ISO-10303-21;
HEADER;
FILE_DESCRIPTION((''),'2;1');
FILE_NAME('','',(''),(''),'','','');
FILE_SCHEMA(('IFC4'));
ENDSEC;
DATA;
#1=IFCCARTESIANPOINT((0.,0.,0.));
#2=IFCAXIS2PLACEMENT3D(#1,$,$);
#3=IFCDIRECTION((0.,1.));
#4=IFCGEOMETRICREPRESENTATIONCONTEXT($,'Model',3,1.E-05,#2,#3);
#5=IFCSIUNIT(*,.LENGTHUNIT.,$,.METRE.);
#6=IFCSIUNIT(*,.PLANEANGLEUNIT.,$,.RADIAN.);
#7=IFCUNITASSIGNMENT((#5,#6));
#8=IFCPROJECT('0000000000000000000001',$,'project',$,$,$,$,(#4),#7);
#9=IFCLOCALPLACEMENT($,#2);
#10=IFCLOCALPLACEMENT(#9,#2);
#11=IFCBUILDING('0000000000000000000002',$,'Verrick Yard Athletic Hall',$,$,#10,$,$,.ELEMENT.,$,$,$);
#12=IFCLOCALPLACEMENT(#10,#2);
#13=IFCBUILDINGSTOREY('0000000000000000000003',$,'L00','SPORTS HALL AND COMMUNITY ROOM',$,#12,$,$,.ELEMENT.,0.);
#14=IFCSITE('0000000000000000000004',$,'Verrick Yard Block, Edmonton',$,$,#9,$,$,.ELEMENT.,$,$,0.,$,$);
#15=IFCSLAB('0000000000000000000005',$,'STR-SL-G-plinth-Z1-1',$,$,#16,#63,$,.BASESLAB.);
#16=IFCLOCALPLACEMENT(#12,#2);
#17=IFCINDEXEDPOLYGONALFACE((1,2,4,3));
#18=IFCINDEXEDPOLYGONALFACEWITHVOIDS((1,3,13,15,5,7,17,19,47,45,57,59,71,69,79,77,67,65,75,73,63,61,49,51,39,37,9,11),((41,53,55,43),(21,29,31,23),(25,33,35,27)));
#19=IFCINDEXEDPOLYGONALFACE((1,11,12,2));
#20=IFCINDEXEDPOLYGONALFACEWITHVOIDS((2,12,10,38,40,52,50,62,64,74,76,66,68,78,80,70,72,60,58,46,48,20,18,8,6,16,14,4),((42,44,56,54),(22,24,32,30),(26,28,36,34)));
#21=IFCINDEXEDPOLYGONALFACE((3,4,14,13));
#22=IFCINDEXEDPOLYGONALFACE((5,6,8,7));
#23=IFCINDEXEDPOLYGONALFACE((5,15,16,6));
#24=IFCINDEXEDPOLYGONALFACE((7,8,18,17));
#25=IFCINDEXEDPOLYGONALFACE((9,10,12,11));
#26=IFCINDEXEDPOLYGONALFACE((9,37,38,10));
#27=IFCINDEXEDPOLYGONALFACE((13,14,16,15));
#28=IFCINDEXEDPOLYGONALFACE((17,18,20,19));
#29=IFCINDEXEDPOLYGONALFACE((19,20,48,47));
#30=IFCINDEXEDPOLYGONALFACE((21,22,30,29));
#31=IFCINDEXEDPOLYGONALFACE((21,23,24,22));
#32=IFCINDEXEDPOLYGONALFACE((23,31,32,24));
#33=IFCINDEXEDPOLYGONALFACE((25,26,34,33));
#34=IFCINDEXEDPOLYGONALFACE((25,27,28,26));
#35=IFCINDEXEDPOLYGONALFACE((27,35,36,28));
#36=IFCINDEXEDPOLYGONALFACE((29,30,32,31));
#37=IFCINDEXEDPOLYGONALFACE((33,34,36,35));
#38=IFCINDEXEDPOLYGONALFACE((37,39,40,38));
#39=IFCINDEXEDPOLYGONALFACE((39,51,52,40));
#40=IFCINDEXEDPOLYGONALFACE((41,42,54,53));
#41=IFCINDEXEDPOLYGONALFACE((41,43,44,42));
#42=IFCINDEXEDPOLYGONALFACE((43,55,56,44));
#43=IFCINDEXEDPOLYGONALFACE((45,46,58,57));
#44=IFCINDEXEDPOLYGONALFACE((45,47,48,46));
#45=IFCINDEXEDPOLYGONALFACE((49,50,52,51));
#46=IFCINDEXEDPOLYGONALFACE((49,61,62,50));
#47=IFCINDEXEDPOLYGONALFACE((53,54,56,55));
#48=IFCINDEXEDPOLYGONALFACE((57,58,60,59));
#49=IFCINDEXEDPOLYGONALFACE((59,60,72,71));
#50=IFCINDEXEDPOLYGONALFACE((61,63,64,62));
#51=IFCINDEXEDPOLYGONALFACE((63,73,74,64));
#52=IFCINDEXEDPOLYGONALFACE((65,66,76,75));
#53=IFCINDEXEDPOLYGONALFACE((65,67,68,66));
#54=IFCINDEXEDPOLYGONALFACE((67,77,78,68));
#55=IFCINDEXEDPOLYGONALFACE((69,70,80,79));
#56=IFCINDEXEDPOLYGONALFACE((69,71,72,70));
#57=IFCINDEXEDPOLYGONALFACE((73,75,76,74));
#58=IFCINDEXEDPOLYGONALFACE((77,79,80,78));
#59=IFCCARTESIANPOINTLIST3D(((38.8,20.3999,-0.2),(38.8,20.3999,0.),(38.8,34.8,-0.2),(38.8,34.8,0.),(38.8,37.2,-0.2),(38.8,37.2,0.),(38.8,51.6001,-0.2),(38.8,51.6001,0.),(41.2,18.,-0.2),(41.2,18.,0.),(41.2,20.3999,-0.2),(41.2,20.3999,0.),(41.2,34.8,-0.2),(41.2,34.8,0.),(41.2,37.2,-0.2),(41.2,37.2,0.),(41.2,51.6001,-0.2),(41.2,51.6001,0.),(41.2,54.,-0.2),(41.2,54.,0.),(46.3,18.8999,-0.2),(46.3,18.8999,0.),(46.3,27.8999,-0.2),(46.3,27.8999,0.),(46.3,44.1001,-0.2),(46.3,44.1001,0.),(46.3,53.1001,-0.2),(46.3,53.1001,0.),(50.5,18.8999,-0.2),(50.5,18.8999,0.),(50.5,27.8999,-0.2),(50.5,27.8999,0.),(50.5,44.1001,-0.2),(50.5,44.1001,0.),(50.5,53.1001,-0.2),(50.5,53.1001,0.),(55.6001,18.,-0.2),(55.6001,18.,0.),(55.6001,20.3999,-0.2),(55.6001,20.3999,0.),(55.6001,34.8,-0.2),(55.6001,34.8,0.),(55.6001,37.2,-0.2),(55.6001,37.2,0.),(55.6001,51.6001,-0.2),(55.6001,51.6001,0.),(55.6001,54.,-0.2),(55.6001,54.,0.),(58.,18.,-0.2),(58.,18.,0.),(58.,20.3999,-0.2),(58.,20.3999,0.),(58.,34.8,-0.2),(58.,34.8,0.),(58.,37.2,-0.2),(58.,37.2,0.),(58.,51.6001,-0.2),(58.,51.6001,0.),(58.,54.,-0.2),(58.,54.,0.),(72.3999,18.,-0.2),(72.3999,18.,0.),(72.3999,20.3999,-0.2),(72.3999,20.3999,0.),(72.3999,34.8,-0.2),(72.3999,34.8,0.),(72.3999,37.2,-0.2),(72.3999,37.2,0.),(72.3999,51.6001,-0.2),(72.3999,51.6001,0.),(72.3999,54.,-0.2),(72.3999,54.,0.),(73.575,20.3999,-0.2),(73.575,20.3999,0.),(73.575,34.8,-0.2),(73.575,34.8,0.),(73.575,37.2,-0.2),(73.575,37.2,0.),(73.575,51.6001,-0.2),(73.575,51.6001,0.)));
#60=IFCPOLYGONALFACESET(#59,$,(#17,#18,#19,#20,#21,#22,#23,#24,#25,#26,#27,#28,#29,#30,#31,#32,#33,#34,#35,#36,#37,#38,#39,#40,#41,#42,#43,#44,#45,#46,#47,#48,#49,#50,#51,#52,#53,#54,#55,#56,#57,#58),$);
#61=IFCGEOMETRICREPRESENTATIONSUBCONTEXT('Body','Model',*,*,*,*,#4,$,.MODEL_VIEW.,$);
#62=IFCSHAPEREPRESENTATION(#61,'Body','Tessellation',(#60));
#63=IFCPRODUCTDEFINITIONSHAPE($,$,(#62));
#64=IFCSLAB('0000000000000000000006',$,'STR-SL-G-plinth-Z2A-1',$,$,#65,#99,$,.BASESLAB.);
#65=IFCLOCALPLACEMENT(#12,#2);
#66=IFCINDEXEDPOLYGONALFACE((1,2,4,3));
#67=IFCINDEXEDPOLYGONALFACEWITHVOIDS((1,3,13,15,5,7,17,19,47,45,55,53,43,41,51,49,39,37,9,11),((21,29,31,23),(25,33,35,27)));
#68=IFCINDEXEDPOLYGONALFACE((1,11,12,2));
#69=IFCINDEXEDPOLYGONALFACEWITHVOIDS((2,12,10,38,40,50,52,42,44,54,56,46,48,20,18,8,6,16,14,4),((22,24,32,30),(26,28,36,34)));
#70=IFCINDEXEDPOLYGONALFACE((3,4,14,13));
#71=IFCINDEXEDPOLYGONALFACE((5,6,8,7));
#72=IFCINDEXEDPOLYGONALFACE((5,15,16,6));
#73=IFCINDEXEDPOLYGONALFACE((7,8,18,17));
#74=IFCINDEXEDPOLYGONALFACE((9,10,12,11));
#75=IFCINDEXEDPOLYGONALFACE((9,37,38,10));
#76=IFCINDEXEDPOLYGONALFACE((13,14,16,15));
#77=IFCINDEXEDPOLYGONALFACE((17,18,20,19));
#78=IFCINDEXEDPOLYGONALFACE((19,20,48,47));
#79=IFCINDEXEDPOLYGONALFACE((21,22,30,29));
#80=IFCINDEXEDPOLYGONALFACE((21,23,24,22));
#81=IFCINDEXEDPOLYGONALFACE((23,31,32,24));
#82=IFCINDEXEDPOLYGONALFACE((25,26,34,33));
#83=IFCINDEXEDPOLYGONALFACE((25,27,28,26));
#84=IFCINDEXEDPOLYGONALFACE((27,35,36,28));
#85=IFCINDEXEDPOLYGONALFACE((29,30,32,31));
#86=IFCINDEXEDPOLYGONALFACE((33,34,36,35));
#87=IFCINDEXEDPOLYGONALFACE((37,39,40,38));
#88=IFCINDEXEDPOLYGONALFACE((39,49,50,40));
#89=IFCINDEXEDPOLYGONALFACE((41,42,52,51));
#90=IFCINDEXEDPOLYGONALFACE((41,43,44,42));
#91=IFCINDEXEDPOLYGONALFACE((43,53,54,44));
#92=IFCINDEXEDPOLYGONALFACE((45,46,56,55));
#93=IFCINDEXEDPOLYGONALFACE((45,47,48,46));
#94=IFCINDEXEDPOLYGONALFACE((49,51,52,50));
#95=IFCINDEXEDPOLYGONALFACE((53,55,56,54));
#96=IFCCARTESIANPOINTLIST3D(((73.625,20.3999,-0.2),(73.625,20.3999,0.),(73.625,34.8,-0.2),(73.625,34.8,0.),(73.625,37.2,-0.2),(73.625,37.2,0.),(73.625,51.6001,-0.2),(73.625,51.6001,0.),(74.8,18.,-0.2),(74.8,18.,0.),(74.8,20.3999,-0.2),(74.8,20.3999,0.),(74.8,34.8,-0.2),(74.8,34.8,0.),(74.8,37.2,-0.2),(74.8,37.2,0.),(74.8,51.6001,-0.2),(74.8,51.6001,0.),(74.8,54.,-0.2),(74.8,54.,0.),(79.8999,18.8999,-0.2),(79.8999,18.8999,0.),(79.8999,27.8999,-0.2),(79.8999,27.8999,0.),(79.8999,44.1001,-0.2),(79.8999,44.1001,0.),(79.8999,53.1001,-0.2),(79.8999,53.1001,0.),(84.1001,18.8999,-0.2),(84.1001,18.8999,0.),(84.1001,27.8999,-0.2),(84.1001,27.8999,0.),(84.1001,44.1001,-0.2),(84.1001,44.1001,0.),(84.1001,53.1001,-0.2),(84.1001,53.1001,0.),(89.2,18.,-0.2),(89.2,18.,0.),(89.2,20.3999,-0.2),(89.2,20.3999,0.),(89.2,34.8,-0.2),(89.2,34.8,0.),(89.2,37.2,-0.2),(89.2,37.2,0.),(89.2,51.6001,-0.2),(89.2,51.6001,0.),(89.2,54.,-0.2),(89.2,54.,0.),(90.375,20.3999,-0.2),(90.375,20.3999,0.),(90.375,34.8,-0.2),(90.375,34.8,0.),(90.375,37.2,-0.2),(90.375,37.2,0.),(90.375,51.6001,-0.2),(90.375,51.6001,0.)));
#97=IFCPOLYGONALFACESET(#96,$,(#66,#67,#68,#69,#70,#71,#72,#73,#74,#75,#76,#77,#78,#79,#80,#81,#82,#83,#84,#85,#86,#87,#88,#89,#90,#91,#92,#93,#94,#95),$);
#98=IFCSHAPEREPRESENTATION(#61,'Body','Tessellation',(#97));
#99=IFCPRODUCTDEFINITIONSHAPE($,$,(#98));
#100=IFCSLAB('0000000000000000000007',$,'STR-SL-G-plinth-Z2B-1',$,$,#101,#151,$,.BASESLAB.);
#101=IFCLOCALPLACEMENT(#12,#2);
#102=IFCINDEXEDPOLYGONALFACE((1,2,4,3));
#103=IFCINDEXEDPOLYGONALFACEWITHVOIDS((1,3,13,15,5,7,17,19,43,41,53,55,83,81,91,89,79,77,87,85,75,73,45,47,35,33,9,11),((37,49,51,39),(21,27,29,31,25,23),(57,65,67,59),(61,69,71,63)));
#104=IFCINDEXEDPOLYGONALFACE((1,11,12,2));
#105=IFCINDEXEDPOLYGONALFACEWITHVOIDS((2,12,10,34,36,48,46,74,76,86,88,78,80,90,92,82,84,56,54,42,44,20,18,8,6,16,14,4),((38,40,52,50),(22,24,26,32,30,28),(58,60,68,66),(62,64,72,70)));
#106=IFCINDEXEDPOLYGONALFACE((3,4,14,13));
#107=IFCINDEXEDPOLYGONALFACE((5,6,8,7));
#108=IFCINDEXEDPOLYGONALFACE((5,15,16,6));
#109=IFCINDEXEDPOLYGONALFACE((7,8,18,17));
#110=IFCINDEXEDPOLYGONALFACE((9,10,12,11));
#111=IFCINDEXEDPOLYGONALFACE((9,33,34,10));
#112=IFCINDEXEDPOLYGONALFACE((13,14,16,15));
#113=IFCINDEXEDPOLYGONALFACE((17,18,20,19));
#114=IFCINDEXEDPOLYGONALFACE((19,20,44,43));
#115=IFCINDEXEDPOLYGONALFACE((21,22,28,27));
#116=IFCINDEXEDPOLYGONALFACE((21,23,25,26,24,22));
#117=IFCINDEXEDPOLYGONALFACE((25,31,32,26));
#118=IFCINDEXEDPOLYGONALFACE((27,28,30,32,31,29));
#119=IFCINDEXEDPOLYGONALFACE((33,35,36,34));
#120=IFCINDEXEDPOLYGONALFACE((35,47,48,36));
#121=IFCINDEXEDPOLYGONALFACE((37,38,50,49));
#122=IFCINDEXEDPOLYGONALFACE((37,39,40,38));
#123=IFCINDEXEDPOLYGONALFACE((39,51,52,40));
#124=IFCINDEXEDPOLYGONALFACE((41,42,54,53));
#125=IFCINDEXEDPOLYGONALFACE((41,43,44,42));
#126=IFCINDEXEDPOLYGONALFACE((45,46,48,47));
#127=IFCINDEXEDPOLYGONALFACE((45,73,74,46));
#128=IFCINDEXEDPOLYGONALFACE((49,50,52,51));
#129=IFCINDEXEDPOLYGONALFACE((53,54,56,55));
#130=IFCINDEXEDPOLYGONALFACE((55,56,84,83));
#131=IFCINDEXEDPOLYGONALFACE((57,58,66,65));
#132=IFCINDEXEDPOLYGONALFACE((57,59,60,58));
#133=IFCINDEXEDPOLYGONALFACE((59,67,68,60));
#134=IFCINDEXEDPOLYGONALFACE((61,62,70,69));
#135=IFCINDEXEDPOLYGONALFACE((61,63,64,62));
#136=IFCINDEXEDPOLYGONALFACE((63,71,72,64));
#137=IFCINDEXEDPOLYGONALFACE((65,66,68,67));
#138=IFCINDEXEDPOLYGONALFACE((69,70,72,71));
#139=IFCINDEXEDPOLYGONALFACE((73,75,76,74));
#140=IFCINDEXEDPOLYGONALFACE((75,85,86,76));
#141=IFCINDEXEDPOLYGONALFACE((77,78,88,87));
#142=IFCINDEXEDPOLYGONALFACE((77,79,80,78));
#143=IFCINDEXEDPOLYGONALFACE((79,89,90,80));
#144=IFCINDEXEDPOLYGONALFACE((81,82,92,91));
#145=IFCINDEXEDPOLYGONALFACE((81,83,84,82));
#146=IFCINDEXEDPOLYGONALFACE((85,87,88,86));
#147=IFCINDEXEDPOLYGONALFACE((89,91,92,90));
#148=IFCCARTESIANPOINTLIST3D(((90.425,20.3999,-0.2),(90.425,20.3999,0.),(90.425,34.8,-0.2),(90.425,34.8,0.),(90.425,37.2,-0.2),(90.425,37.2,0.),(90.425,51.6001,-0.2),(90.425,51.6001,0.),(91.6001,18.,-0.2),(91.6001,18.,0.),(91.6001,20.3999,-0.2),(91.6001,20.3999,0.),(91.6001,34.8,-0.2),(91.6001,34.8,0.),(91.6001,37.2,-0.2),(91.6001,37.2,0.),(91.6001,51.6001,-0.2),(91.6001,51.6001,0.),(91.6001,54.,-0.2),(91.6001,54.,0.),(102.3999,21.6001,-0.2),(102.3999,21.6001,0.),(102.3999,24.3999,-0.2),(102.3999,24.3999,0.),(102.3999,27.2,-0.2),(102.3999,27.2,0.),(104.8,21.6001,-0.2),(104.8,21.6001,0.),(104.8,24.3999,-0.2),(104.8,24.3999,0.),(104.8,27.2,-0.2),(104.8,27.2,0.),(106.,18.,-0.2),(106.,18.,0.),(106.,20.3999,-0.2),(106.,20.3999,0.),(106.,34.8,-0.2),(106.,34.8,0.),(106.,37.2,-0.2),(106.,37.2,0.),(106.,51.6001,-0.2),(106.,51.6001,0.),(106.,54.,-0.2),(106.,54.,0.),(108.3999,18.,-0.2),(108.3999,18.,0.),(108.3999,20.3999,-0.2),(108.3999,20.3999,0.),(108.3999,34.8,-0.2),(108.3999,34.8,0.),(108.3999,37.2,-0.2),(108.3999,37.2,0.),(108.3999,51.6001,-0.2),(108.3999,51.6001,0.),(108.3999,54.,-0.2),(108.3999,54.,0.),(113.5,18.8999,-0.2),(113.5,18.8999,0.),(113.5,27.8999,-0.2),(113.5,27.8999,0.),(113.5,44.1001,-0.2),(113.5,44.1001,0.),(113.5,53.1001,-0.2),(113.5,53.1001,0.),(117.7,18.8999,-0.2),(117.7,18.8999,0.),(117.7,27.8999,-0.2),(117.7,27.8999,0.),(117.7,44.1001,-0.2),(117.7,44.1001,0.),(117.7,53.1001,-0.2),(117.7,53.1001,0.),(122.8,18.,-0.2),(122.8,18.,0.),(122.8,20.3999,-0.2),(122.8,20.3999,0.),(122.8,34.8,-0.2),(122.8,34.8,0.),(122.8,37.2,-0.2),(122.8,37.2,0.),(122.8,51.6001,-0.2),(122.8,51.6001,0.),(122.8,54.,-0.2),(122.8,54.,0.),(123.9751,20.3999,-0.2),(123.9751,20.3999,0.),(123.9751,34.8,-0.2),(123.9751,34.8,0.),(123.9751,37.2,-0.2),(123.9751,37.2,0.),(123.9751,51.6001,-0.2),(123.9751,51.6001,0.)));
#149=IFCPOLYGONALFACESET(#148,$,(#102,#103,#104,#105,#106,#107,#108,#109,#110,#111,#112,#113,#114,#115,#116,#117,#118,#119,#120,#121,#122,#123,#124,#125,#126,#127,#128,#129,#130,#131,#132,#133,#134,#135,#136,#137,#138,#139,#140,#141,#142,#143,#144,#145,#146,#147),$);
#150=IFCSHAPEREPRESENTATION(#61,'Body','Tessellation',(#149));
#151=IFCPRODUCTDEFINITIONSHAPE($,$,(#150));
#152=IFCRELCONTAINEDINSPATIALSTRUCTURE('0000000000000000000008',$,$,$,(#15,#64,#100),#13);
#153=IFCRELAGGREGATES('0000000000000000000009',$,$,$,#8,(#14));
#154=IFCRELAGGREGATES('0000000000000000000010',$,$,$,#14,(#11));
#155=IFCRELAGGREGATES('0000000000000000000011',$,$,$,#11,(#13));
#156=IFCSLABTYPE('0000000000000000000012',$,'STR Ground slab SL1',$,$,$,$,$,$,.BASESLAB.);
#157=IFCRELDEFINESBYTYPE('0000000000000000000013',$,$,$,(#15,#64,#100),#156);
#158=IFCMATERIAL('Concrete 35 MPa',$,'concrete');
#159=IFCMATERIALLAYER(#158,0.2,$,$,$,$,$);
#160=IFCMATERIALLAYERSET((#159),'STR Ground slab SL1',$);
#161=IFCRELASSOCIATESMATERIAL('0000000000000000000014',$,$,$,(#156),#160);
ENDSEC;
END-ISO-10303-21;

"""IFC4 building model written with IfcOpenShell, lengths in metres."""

from ifc_helpers import new_model, si_unit, direction, frame, origin, place, context, subcontext, project, spatial, polyline, outline, extrude, material, layer, layer_set, type_object, element, save


model = new_model("IFC4")

# Units and contexts
model_context = context("Model", 3, precision=1e-05, world=origin(), true_north=direction((0.0, 1.0)))
body_context = subcontext(model_context, "Body", "Model", "MODEL_VIEW")
ifc_project = project(units=[si_unit("LENGTHUNIT", "METRE"), si_unit("PLANEANGLEUNIT", "RADIAN")], contexts=[model_context])

# Site, building, storey
site_placement = place(None, origin())
site = spatial("IfcSite", under=ifc_project, at=site_placement, Name="Verrick Yard Block, Edmonton", CompositionType="ELEMENT", RefElevation=0.0)
building_placement = place(site_placement, origin())
building = spatial("IfcBuilding", under=site, at=building_placement, Name="Verrick Yard Athletic Hall", CompositionType="ELEMENT")
storey_placement = place(building_placement, origin())
storey = spatial("IfcBuildingStorey", under=building, at=storey_placement, Name="L00", Description="SPORTS HALL AND COMMUNITY ROOM", CompositionType="ELEMENT", Elevation=0.0)

# Shared definitions
ifc_material_1 = material(Name="Concrete 35 MPa", Category="concrete")

# Slabs
ifc_layer_1 = layer(ifc_material_1, 0.2)
ifc_layer_set_1 = layer_set([ifc_layer_1], Name="STR Ground slab SL1")
slab_type = type_object("IfcSlabType", Name="STR Ground slab SL1", PredefinedType="BASESLAB", material=ifc_layer_set_1)
slab_1_placement = place(storey_placement, frame((0.0, 0.0, -0.2)))
element("IfcSlab", 1, at=slab_1_placement, inside=storey, type_object=slab_type, Name="STR-SL-G-plinth-Z1-1", PredefinedType="BASESLAB", context=body_context, shape_type="SweptSolid", body=[
    extrude(outline(polyline([(73.575, 20.3999), (73.575, 34.8), (72.3999, 34.8), (72.3999, 37.2), (73.575, 37.2), (73.575, 51.6001), (72.3999, 51.6001), (72.3999, 54.0), (58.0, 54.0), (58.0, 51.6001), (55.6001, 51.6001), (55.6001, 54.0), (41.2, 54.0), (41.2, 51.6001), (38.8, 51.6001), (38.8, 37.2), (41.2, 37.2), (41.2, 34.8), (38.8, 34.8), (38.8, 20.3999), (41.2, 20.3999), (41.2, 18.0), (55.6001, 18.0), (55.6001, 20.3999), (58.0, 20.3999), (58.0, 18.0), (72.3999, 18.0), (72.3999, 20.3999), (73.575, 20.3999)]), holes=[polyline([(46.3, 18.8999), (46.3, 27.8999), (50.5, 27.8999), (50.5, 18.8999), (46.3, 18.8999)]), polyline([(55.6001, 34.8), (55.6001, 37.2), (58.0, 37.2), (58.0, 34.8), (55.6001, 34.8)]), polyline([(46.3, 44.1001), (46.3, 53.1001), (50.5, 53.1001), (50.5, 44.1001), (46.3, 44.1001)])]), origin(), (0.0, 0.0, 1.0), 0.2),
])
slab_2_placement = place(storey_placement, frame((0.0, 0.0, -0.2)))
element("IfcSlab", 2, at=slab_2_placement, inside=storey, type_object=slab_type, Name="STR-SL-G-plinth-Z2A-1", PredefinedType="BASESLAB", context=body_context, shape_type="SweptSolid", body=[
    extrude(outline(polyline([(90.375, 20.3999), (90.375, 34.8), (89.2, 34.8), (89.2, 37.2), (90.375, 37.2), (90.375, 51.6001), (89.2, 51.6001), (89.2, 54.0), (74.8, 54.0), (74.8, 51.6001), (73.625, 51.6001), (73.625, 37.2), (74.8, 37.2), (74.8, 34.8), (73.625, 34.8), (73.625, 20.3999), (74.8, 20.3999), (74.8, 18.0), (89.2, 18.0), (89.2, 20.3999), (90.375, 20.3999)]), holes=[polyline([(79.8999, 18.8999), (79.8999, 27.8999), (84.1001, 27.8999), (84.1001, 18.8999), (79.8999, 18.8999)]), polyline([(79.8999, 53.1001), (84.1001, 53.1001), (84.1001, 44.1001), (79.8999, 44.1001), (79.8999, 53.1001)])]), origin(), (0.0, 0.0, 1.0), 0.2),
])
slab_3_placement = place(storey_placement, frame((0.0, 0.0, -0.2)))
element("IfcSlab", 3, at=slab_3_placement, inside=storey, type_object=slab_type, Name="STR-SL-G-plinth-Z2B-1", PredefinedType="BASESLAB", context=body_context, shape_type="SweptSolid", body=[
    extrude(outline(polyline([(123.9751, 20.3999), (123.9751, 34.8), (122.8, 34.8), (122.8, 37.2), (123.9751, 37.2), (123.9751, 51.6001), (122.8, 51.6001), (122.8, 54.0), (108.3999, 54.0), (108.3999, 51.6001), (106.0, 51.6001), (106.0, 54.0), (91.6001, 54.0), (91.6001, 51.6001), (90.425, 51.6001), (90.425, 37.2), (91.6001, 37.2), (91.6001, 34.8), (90.425, 34.8), (90.425, 20.3999), (91.6001, 20.3999), (91.6001, 18.0), (106.0, 18.0), (106.0, 20.3999), (108.3999, 20.3999), (108.3999, 18.0), (122.8, 18.0), (122.8, 20.3999), (123.9751, 20.3999)]), holes=[polyline([(102.3999, 24.3999), (102.3999, 27.2), (104.8, 27.2), (104.8, 24.3999), (104.8, 21.6001), (102.3999, 21.6001), (102.3999, 24.3999)]), polyline([(113.5, 27.8999), (117.7, 27.8999), (117.7, 18.8999), (113.5, 18.8999), (113.5, 27.8999)]), polyline([(106.0, 34.8), (106.0, 37.2), (108.3999, 37.2), (108.3999, 34.8), (106.0, 34.8)]), polyline([(113.5, 53.1001), (117.7, 53.1001), (117.7, 44.1001), (113.5, 44.1001), (113.5, 53.1001)])]), origin(), (0.0, 0.0, 1.0), 0.2),
])

save(model, "model.ifc")
